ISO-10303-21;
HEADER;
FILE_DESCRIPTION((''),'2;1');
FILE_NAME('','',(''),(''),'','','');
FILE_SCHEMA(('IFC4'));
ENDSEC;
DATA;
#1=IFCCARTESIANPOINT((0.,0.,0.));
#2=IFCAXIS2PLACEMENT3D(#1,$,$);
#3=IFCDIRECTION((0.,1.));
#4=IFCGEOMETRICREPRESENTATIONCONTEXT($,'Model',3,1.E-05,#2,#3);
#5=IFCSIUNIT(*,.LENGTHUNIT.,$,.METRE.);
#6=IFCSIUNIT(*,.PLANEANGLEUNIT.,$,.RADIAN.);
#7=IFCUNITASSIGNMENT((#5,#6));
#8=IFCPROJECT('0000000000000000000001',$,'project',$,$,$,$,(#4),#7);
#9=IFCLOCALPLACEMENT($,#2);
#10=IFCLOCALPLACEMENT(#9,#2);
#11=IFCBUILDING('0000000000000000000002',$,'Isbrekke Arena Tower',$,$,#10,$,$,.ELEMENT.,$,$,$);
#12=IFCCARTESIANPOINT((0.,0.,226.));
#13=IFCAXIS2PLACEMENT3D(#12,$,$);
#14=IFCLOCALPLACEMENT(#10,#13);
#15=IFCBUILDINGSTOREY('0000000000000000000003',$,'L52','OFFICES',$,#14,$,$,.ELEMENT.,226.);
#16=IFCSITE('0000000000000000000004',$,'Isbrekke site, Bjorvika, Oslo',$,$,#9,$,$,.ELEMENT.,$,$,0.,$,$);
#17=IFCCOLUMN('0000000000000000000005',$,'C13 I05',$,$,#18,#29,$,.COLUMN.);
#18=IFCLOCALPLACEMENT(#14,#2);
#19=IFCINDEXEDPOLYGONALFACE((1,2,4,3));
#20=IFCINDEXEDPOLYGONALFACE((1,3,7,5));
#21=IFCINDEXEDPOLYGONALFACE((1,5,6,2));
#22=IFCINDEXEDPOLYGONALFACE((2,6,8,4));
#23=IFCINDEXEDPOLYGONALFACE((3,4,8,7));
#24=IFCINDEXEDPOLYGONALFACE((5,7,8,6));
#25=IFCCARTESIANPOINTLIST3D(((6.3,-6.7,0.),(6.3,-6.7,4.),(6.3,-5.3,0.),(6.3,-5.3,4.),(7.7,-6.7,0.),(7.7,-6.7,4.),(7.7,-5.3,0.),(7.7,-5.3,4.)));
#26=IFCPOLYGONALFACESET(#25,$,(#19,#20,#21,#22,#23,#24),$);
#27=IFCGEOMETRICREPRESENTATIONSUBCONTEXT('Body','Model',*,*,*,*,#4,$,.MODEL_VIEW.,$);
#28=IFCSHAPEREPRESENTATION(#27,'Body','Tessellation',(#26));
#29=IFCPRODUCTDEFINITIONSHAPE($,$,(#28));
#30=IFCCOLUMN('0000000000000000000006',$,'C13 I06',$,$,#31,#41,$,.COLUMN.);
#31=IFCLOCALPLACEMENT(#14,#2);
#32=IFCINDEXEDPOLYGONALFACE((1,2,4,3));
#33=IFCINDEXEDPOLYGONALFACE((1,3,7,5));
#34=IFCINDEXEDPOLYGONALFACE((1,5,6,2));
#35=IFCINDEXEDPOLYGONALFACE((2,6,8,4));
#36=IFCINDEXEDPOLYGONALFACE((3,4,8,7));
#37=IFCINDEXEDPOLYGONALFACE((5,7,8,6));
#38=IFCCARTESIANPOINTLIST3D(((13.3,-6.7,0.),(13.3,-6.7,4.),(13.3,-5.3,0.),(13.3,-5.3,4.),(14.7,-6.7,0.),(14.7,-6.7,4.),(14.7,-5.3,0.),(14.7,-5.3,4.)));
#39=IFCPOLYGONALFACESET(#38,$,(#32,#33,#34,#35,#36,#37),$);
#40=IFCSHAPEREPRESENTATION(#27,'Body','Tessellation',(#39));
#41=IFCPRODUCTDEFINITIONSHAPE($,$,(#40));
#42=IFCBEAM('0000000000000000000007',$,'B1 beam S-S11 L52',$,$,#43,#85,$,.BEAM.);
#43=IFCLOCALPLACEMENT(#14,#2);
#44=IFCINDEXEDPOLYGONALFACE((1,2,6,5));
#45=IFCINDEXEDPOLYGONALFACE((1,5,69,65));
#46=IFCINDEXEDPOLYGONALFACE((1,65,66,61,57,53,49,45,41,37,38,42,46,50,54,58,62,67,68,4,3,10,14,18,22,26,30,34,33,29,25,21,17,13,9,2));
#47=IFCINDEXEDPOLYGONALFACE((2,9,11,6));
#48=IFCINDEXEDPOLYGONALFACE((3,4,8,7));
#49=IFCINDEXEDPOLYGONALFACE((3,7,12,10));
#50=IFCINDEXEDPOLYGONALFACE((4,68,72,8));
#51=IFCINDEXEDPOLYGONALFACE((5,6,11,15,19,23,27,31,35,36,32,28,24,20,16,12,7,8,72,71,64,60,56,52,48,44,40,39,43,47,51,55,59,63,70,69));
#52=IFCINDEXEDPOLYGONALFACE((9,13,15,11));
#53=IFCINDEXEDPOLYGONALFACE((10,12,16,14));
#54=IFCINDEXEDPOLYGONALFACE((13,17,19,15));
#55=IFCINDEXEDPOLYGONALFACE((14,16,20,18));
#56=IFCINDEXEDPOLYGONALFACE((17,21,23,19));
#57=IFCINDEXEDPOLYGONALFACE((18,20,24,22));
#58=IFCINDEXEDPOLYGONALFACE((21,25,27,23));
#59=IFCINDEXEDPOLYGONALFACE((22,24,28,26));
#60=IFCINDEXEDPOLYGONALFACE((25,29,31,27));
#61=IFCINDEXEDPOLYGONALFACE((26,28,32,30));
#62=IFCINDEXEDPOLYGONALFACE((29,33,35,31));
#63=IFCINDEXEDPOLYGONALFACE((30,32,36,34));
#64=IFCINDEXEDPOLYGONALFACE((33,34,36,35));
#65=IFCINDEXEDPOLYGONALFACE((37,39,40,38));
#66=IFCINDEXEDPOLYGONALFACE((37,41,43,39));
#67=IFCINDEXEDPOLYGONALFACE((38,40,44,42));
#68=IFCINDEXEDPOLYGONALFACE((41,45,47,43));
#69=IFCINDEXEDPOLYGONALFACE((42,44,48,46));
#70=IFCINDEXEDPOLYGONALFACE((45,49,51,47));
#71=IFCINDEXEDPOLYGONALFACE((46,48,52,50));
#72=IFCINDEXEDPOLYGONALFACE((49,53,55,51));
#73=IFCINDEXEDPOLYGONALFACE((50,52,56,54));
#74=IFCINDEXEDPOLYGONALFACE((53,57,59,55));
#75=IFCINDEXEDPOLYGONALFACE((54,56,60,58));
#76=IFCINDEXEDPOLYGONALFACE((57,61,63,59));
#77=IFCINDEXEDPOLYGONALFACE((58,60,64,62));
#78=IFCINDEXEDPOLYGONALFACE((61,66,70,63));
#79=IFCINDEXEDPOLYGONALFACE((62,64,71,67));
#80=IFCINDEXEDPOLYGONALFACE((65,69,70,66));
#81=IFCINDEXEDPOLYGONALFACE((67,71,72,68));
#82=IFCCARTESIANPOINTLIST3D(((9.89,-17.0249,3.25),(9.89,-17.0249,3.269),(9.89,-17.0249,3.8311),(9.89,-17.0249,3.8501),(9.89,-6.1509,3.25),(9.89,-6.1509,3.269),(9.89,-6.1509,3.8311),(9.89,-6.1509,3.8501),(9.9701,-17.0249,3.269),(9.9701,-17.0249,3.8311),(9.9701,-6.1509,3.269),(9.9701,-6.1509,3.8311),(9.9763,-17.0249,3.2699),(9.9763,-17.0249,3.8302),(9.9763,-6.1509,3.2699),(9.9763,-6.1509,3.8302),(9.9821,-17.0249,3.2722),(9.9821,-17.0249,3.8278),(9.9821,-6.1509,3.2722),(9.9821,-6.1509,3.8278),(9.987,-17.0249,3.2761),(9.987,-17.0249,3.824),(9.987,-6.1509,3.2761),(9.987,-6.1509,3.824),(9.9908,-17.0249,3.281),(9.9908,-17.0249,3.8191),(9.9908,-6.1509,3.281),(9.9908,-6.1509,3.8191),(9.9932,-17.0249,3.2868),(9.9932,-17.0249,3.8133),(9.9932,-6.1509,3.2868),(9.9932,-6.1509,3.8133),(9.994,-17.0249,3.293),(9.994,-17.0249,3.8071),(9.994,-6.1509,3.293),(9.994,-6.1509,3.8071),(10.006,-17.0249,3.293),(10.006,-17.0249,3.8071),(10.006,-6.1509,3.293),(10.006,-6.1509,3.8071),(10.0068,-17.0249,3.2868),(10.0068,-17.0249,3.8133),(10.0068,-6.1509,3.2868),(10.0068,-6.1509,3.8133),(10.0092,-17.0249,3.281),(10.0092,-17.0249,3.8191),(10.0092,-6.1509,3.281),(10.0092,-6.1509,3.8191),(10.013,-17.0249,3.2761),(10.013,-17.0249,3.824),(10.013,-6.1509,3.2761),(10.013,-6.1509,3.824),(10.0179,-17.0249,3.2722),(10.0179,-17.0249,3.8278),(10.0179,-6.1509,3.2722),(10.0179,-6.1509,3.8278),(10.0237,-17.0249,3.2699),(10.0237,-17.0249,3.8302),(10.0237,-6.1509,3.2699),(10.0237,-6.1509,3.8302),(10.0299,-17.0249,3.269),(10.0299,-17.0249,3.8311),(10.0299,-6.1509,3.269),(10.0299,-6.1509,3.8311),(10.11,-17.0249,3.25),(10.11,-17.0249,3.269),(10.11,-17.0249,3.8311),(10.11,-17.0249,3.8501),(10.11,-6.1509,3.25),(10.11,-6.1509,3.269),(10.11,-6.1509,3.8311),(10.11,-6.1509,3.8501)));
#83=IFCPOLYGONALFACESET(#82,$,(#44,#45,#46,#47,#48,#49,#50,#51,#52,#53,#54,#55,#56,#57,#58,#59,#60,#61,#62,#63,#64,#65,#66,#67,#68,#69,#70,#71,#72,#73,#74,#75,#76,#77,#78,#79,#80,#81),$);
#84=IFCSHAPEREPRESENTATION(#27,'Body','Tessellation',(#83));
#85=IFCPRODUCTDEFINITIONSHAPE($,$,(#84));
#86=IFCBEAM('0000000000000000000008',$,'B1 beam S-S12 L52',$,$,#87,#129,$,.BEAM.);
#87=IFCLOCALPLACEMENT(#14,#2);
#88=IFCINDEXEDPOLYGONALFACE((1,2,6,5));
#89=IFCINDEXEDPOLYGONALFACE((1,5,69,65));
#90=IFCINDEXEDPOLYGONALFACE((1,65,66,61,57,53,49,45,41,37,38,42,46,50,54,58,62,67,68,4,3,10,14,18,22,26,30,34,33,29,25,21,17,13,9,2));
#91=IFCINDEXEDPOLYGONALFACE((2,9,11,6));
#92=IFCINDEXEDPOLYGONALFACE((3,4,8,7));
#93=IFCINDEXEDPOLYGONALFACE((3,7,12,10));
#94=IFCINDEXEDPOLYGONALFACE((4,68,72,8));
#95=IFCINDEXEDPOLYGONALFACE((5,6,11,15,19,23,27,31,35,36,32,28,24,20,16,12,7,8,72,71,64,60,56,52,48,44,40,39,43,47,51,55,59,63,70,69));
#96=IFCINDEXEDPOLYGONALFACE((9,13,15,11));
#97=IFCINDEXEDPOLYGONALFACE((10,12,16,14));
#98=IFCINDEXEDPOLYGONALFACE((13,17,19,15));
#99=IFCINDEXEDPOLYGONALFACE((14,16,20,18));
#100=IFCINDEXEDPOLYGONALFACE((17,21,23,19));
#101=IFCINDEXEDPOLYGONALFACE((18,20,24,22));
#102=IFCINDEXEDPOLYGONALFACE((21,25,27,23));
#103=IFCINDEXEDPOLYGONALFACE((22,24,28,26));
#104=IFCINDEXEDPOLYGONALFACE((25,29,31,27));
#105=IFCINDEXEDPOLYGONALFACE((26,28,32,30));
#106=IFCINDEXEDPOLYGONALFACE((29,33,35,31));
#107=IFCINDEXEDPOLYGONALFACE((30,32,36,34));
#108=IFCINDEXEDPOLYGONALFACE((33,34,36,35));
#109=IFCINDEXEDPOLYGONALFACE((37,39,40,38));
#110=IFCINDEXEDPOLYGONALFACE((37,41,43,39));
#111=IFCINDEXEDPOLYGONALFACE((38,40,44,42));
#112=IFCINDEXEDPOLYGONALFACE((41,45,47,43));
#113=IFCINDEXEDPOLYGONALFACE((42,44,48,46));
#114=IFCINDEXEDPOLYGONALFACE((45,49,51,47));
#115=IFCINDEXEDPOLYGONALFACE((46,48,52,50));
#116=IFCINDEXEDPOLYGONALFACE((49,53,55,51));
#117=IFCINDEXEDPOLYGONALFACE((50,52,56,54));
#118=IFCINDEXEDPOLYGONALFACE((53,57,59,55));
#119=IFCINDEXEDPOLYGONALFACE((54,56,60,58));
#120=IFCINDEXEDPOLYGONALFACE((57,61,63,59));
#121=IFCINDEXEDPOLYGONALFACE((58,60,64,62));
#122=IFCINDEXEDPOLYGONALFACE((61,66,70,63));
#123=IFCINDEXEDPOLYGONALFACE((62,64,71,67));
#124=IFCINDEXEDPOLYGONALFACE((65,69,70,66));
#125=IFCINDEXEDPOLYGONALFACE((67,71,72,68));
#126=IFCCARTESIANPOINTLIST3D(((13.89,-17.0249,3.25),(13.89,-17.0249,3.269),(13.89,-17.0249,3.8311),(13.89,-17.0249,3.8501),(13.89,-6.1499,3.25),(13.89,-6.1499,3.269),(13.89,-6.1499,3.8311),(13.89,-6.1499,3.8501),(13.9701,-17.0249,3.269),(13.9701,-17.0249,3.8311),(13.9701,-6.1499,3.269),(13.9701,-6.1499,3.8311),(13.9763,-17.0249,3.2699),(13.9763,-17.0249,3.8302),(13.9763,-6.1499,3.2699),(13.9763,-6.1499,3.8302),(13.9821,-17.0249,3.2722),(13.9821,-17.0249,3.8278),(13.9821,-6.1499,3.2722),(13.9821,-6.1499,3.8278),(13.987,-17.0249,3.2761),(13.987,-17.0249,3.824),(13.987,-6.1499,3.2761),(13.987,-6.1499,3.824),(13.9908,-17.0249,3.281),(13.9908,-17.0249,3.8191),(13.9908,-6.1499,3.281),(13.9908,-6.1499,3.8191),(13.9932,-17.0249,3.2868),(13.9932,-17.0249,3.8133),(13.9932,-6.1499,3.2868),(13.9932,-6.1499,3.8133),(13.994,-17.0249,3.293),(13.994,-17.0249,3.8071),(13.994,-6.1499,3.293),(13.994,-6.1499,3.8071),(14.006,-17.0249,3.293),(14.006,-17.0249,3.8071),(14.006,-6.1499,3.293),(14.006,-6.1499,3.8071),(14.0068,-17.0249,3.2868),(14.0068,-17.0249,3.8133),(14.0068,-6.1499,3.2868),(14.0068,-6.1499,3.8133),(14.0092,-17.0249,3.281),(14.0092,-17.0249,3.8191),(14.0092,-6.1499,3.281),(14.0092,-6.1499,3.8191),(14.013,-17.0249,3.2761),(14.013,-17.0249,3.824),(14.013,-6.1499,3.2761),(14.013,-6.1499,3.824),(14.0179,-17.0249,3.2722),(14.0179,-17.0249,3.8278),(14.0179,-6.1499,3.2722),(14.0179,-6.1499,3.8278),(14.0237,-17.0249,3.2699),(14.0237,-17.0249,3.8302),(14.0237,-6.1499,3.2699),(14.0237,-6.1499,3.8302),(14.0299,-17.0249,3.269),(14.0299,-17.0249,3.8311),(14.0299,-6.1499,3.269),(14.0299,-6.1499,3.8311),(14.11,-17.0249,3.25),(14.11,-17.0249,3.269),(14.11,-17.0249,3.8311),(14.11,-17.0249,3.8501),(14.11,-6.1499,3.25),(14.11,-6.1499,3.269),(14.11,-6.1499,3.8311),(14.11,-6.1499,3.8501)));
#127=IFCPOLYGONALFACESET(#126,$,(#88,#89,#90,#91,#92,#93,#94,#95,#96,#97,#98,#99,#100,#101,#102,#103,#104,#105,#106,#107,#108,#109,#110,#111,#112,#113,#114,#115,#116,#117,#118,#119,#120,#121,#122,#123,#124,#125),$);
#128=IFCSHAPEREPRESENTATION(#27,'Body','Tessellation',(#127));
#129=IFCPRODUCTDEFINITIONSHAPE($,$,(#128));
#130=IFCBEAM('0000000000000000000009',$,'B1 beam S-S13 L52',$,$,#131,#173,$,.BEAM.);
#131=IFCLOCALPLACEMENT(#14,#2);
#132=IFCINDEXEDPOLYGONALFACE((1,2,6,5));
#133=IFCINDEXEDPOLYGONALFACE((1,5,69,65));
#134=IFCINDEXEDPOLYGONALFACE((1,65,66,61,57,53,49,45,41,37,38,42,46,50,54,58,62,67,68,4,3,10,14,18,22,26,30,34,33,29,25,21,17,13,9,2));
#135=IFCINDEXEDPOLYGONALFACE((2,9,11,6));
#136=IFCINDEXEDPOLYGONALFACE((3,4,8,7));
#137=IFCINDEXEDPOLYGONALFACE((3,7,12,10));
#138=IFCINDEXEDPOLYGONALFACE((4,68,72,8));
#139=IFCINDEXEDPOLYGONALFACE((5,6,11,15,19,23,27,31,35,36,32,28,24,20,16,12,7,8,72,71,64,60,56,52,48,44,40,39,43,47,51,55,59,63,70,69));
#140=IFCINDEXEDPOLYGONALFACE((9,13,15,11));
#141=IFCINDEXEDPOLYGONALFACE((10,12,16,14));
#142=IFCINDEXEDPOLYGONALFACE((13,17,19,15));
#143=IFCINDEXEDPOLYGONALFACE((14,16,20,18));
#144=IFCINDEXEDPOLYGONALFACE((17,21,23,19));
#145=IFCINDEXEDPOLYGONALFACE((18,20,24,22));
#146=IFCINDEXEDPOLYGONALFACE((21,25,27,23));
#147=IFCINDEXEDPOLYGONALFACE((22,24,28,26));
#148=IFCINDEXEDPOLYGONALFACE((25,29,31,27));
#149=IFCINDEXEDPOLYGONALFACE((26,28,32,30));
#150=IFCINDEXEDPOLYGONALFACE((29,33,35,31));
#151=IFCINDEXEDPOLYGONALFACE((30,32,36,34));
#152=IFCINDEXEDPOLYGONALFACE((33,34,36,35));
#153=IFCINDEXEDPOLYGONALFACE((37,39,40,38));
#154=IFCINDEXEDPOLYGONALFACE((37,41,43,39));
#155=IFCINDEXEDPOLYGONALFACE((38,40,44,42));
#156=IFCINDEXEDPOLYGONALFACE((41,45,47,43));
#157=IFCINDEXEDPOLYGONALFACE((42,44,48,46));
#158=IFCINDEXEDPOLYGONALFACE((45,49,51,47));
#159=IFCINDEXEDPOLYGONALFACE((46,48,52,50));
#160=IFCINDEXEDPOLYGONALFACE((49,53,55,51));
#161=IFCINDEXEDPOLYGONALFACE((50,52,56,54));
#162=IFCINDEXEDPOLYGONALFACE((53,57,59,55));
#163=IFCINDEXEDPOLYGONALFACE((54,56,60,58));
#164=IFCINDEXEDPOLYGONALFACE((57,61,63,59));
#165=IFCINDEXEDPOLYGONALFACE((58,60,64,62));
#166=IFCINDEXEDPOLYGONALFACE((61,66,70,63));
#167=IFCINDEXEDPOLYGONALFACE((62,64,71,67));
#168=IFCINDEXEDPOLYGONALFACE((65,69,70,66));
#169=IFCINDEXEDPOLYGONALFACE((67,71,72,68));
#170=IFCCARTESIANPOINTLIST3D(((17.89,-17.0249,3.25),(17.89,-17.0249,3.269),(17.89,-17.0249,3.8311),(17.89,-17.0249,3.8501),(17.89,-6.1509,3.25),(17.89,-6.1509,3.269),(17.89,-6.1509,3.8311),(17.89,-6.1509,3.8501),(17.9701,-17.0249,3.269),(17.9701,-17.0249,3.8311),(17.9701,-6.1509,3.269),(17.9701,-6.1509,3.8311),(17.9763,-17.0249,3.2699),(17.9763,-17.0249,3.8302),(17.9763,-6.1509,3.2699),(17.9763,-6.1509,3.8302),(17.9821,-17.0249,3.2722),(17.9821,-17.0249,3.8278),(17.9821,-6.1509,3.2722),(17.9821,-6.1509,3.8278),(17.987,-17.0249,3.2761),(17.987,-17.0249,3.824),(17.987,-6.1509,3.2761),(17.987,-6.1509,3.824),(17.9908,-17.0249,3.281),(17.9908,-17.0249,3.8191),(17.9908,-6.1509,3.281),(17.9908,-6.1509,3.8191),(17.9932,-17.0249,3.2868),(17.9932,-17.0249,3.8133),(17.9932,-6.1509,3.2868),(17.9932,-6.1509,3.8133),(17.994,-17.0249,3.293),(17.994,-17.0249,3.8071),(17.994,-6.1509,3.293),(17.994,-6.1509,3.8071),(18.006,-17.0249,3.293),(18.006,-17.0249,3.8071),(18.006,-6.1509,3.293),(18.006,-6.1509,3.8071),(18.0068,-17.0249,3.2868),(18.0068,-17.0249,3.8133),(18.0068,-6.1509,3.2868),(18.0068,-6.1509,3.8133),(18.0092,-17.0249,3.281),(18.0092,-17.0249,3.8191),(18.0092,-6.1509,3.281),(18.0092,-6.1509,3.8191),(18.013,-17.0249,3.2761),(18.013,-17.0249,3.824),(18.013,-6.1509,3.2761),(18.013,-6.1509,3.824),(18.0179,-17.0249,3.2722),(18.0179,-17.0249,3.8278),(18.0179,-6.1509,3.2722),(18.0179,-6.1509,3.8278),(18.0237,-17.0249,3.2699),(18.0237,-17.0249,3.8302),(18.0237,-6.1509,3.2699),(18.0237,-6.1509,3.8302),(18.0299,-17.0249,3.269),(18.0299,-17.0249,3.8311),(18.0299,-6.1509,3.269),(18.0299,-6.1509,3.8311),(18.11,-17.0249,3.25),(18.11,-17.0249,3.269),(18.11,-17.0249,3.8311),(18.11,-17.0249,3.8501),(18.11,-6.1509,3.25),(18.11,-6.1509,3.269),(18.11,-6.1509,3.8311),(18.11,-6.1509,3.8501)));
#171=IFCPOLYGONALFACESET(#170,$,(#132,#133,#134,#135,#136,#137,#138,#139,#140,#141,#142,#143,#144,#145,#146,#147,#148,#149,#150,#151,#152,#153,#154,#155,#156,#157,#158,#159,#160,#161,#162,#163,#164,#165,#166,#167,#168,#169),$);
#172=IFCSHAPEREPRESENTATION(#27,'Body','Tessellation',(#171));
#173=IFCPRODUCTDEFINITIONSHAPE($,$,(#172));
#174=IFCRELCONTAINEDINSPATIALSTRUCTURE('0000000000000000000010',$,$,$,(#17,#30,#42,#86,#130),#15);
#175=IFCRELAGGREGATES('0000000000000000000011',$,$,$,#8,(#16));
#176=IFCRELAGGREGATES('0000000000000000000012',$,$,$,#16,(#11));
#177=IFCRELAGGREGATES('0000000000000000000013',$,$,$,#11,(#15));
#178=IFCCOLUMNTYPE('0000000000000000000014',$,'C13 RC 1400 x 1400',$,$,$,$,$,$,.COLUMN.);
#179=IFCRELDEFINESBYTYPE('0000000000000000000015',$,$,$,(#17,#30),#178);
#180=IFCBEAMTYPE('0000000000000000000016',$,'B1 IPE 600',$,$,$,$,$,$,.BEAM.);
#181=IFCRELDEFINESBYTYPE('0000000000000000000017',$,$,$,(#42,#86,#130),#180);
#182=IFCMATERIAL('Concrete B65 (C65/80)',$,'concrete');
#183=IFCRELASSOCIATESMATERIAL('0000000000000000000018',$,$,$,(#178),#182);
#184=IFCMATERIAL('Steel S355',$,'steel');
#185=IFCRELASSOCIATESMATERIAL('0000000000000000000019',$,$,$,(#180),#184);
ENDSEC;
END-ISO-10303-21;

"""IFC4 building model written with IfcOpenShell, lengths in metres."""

from ifc_helpers import new_model, si_unit, direction, frame, origin, origin_2d, place, context, subcontext, project, spatial, rectangle, i_section, extrude, material, material_profile, profile_set, type_object, element, save


model = new_model("IFC4")

# Units and contexts
model_context = context("Model", 3, precision=1e-05, world=origin(), true_north=direction((0.0, 1.0)))
body_context = subcontext(model_context, "Body", "Model", "MODEL_VIEW")
ifc_project = project(units=[si_unit("LENGTHUNIT", "METRE"), si_unit("PLANEANGLEUNIT", "RADIAN")], contexts=[model_context])

# Site, building, storey
site_placement = place(None, origin())
site = spatial("IfcSite", under=ifc_project, at=site_placement, Name="Isbrekke site, Bjorvika, Oslo", CompositionType="ELEMENT", RefElevation=0.0)
building_placement = place(site_placement, origin())
building = spatial("IfcBuilding", under=site, at=building_placement, Name="Isbrekke Arena Tower", CompositionType="ELEMENT")
storey_placement = place(building_placement, frame((0.0, 0.0, 226.0)))
storey = spatial("IfcBuildingStorey", under=building, at=storey_placement, Name="L52", Description="OFFICES", CompositionType="ELEMENT", Elevation=226.0)

# Columns
ifc_material_1 = material(Name="Concrete B65 (C65/80)", Category="concrete")
ifc_material_profile_1 = material_profile(ifc_material_1, rectangle(XDim=1.3999, YDim=1.3999, at=origin_2d()), Name="RC 1400x1400")
ifc_profile_set_1 = profile_set([ifc_material_profile_1], Name="Concrete B65 (C65/80)")
column_type = type_object("IfcColumnType", Name="C13 RC 1400 x 1400", PredefinedType="COLUMN", material=ifc_profile_set_1)
for number, where, z_axis, x_axis, name in (
    (1, (7.0, -6.0, 0.0), (0.0, 0.0, 1.0), (1.0, 0.0, 0.0), "C13 I05"),
    (2, (14.0, -6.0, 0.0), (0.0, 0.0, 1.0), (1.0, 0.0, 0.0), "C13 I06"),
):
    element("IfcColumn", number, at=place(storey_placement, frame(where, z_axis=z_axis, x_axis=x_axis)), inside=storey, type_object=column_type, Name=name, PredefinedType="COLUMN", context=body_context, shape_type="SweptSolid", body=[
        extrude(rectangle(XDim=1.3999, YDim=1.3999, at=origin_2d()), origin(), (0.0, 0.0, 1.0), 4.0),
    ])

# Beams
ifc_material_2 = material(Name="Steel S355", Category="steel")
ifc_material_profile_2 = material_profile(ifc_material_2, i_section(OverallWidth=0.22, OverallDepth=0.6001, WebThickness=0.012, FlangeThickness=0.019, FilletRadius=0.0239, at=origin_2d()), Name="IPE 600")
ifc_profile_set_2 = profile_set([ifc_material_profile_2], Name="Steel S355")
beam_type_1 = type_object("IfcBeamType", Name="B1 IPE 600", PredefinedType="BEAM", material=ifc_profile_set_2)
beam_1_placement = place(storey_placement, frame((10.0, -17.0249, 3.55), z_axis=(0.0, 1.0, 0.0), x_axis=(-1.0, 0.0, 0.0)))
element("IfcBeam", 3, at=beam_1_placement, inside=storey, type_object=beam_type_1, Name="B1 beam S-S11 L52", PredefinedType="BEAM", context=body_context, shape_type="SweptSolid", body=[
    extrude(i_section(OverallWidth=0.22, OverallDepth=0.6001, WebThickness=0.012, FlangeThickness=0.019, FilletRadius=0.0239, at=origin_2d()), origin(), (0.0, 0.0, 1.0), 10.874),
])
beam_2_placement = place(storey_placement, frame((14.0, -17.0249, 3.55), z_axis=(0.0, 1.0, 0.0), x_axis=(-1.0, 0.0, 0.0)))
element("IfcBeam", 4, at=beam_2_placement, inside=storey, type_object=beam_type_1, Name="B1 beam S-S12 L52", PredefinedType="BEAM", context=body_context, shape_type="SweptSolid", body=[
    extrude(i_section(OverallWidth=0.22, OverallDepth=0.6001, WebThickness=0.012, FlangeThickness=0.019, FilletRadius=0.0239, at=origin_2d()), origin(), (0.0, 0.0, 1.0), 10.875),
])
beam_3_placement = place(storey_placement, frame((18.0, -17.0249, 3.55), z_axis=(0.0, 1.0, 0.0), x_axis=(-1.0, 0.0, 0.0)))
element("IfcBeam", 5, at=beam_3_placement, inside=storey, type_object=beam_type_1, Name="B1 beam S-S13 L52", PredefinedType="BEAM", context=body_context, shape_type="SweptSolid", body=[
    extrude(i_section(OverallWidth=0.22, OverallDepth=0.6001, WebThickness=0.012, FlangeThickness=0.019, FilletRadius=0.0239, at=origin_2d()), origin(), (0.0, 0.0, 1.0), 10.874),
])

save(model, "model.ifc")
